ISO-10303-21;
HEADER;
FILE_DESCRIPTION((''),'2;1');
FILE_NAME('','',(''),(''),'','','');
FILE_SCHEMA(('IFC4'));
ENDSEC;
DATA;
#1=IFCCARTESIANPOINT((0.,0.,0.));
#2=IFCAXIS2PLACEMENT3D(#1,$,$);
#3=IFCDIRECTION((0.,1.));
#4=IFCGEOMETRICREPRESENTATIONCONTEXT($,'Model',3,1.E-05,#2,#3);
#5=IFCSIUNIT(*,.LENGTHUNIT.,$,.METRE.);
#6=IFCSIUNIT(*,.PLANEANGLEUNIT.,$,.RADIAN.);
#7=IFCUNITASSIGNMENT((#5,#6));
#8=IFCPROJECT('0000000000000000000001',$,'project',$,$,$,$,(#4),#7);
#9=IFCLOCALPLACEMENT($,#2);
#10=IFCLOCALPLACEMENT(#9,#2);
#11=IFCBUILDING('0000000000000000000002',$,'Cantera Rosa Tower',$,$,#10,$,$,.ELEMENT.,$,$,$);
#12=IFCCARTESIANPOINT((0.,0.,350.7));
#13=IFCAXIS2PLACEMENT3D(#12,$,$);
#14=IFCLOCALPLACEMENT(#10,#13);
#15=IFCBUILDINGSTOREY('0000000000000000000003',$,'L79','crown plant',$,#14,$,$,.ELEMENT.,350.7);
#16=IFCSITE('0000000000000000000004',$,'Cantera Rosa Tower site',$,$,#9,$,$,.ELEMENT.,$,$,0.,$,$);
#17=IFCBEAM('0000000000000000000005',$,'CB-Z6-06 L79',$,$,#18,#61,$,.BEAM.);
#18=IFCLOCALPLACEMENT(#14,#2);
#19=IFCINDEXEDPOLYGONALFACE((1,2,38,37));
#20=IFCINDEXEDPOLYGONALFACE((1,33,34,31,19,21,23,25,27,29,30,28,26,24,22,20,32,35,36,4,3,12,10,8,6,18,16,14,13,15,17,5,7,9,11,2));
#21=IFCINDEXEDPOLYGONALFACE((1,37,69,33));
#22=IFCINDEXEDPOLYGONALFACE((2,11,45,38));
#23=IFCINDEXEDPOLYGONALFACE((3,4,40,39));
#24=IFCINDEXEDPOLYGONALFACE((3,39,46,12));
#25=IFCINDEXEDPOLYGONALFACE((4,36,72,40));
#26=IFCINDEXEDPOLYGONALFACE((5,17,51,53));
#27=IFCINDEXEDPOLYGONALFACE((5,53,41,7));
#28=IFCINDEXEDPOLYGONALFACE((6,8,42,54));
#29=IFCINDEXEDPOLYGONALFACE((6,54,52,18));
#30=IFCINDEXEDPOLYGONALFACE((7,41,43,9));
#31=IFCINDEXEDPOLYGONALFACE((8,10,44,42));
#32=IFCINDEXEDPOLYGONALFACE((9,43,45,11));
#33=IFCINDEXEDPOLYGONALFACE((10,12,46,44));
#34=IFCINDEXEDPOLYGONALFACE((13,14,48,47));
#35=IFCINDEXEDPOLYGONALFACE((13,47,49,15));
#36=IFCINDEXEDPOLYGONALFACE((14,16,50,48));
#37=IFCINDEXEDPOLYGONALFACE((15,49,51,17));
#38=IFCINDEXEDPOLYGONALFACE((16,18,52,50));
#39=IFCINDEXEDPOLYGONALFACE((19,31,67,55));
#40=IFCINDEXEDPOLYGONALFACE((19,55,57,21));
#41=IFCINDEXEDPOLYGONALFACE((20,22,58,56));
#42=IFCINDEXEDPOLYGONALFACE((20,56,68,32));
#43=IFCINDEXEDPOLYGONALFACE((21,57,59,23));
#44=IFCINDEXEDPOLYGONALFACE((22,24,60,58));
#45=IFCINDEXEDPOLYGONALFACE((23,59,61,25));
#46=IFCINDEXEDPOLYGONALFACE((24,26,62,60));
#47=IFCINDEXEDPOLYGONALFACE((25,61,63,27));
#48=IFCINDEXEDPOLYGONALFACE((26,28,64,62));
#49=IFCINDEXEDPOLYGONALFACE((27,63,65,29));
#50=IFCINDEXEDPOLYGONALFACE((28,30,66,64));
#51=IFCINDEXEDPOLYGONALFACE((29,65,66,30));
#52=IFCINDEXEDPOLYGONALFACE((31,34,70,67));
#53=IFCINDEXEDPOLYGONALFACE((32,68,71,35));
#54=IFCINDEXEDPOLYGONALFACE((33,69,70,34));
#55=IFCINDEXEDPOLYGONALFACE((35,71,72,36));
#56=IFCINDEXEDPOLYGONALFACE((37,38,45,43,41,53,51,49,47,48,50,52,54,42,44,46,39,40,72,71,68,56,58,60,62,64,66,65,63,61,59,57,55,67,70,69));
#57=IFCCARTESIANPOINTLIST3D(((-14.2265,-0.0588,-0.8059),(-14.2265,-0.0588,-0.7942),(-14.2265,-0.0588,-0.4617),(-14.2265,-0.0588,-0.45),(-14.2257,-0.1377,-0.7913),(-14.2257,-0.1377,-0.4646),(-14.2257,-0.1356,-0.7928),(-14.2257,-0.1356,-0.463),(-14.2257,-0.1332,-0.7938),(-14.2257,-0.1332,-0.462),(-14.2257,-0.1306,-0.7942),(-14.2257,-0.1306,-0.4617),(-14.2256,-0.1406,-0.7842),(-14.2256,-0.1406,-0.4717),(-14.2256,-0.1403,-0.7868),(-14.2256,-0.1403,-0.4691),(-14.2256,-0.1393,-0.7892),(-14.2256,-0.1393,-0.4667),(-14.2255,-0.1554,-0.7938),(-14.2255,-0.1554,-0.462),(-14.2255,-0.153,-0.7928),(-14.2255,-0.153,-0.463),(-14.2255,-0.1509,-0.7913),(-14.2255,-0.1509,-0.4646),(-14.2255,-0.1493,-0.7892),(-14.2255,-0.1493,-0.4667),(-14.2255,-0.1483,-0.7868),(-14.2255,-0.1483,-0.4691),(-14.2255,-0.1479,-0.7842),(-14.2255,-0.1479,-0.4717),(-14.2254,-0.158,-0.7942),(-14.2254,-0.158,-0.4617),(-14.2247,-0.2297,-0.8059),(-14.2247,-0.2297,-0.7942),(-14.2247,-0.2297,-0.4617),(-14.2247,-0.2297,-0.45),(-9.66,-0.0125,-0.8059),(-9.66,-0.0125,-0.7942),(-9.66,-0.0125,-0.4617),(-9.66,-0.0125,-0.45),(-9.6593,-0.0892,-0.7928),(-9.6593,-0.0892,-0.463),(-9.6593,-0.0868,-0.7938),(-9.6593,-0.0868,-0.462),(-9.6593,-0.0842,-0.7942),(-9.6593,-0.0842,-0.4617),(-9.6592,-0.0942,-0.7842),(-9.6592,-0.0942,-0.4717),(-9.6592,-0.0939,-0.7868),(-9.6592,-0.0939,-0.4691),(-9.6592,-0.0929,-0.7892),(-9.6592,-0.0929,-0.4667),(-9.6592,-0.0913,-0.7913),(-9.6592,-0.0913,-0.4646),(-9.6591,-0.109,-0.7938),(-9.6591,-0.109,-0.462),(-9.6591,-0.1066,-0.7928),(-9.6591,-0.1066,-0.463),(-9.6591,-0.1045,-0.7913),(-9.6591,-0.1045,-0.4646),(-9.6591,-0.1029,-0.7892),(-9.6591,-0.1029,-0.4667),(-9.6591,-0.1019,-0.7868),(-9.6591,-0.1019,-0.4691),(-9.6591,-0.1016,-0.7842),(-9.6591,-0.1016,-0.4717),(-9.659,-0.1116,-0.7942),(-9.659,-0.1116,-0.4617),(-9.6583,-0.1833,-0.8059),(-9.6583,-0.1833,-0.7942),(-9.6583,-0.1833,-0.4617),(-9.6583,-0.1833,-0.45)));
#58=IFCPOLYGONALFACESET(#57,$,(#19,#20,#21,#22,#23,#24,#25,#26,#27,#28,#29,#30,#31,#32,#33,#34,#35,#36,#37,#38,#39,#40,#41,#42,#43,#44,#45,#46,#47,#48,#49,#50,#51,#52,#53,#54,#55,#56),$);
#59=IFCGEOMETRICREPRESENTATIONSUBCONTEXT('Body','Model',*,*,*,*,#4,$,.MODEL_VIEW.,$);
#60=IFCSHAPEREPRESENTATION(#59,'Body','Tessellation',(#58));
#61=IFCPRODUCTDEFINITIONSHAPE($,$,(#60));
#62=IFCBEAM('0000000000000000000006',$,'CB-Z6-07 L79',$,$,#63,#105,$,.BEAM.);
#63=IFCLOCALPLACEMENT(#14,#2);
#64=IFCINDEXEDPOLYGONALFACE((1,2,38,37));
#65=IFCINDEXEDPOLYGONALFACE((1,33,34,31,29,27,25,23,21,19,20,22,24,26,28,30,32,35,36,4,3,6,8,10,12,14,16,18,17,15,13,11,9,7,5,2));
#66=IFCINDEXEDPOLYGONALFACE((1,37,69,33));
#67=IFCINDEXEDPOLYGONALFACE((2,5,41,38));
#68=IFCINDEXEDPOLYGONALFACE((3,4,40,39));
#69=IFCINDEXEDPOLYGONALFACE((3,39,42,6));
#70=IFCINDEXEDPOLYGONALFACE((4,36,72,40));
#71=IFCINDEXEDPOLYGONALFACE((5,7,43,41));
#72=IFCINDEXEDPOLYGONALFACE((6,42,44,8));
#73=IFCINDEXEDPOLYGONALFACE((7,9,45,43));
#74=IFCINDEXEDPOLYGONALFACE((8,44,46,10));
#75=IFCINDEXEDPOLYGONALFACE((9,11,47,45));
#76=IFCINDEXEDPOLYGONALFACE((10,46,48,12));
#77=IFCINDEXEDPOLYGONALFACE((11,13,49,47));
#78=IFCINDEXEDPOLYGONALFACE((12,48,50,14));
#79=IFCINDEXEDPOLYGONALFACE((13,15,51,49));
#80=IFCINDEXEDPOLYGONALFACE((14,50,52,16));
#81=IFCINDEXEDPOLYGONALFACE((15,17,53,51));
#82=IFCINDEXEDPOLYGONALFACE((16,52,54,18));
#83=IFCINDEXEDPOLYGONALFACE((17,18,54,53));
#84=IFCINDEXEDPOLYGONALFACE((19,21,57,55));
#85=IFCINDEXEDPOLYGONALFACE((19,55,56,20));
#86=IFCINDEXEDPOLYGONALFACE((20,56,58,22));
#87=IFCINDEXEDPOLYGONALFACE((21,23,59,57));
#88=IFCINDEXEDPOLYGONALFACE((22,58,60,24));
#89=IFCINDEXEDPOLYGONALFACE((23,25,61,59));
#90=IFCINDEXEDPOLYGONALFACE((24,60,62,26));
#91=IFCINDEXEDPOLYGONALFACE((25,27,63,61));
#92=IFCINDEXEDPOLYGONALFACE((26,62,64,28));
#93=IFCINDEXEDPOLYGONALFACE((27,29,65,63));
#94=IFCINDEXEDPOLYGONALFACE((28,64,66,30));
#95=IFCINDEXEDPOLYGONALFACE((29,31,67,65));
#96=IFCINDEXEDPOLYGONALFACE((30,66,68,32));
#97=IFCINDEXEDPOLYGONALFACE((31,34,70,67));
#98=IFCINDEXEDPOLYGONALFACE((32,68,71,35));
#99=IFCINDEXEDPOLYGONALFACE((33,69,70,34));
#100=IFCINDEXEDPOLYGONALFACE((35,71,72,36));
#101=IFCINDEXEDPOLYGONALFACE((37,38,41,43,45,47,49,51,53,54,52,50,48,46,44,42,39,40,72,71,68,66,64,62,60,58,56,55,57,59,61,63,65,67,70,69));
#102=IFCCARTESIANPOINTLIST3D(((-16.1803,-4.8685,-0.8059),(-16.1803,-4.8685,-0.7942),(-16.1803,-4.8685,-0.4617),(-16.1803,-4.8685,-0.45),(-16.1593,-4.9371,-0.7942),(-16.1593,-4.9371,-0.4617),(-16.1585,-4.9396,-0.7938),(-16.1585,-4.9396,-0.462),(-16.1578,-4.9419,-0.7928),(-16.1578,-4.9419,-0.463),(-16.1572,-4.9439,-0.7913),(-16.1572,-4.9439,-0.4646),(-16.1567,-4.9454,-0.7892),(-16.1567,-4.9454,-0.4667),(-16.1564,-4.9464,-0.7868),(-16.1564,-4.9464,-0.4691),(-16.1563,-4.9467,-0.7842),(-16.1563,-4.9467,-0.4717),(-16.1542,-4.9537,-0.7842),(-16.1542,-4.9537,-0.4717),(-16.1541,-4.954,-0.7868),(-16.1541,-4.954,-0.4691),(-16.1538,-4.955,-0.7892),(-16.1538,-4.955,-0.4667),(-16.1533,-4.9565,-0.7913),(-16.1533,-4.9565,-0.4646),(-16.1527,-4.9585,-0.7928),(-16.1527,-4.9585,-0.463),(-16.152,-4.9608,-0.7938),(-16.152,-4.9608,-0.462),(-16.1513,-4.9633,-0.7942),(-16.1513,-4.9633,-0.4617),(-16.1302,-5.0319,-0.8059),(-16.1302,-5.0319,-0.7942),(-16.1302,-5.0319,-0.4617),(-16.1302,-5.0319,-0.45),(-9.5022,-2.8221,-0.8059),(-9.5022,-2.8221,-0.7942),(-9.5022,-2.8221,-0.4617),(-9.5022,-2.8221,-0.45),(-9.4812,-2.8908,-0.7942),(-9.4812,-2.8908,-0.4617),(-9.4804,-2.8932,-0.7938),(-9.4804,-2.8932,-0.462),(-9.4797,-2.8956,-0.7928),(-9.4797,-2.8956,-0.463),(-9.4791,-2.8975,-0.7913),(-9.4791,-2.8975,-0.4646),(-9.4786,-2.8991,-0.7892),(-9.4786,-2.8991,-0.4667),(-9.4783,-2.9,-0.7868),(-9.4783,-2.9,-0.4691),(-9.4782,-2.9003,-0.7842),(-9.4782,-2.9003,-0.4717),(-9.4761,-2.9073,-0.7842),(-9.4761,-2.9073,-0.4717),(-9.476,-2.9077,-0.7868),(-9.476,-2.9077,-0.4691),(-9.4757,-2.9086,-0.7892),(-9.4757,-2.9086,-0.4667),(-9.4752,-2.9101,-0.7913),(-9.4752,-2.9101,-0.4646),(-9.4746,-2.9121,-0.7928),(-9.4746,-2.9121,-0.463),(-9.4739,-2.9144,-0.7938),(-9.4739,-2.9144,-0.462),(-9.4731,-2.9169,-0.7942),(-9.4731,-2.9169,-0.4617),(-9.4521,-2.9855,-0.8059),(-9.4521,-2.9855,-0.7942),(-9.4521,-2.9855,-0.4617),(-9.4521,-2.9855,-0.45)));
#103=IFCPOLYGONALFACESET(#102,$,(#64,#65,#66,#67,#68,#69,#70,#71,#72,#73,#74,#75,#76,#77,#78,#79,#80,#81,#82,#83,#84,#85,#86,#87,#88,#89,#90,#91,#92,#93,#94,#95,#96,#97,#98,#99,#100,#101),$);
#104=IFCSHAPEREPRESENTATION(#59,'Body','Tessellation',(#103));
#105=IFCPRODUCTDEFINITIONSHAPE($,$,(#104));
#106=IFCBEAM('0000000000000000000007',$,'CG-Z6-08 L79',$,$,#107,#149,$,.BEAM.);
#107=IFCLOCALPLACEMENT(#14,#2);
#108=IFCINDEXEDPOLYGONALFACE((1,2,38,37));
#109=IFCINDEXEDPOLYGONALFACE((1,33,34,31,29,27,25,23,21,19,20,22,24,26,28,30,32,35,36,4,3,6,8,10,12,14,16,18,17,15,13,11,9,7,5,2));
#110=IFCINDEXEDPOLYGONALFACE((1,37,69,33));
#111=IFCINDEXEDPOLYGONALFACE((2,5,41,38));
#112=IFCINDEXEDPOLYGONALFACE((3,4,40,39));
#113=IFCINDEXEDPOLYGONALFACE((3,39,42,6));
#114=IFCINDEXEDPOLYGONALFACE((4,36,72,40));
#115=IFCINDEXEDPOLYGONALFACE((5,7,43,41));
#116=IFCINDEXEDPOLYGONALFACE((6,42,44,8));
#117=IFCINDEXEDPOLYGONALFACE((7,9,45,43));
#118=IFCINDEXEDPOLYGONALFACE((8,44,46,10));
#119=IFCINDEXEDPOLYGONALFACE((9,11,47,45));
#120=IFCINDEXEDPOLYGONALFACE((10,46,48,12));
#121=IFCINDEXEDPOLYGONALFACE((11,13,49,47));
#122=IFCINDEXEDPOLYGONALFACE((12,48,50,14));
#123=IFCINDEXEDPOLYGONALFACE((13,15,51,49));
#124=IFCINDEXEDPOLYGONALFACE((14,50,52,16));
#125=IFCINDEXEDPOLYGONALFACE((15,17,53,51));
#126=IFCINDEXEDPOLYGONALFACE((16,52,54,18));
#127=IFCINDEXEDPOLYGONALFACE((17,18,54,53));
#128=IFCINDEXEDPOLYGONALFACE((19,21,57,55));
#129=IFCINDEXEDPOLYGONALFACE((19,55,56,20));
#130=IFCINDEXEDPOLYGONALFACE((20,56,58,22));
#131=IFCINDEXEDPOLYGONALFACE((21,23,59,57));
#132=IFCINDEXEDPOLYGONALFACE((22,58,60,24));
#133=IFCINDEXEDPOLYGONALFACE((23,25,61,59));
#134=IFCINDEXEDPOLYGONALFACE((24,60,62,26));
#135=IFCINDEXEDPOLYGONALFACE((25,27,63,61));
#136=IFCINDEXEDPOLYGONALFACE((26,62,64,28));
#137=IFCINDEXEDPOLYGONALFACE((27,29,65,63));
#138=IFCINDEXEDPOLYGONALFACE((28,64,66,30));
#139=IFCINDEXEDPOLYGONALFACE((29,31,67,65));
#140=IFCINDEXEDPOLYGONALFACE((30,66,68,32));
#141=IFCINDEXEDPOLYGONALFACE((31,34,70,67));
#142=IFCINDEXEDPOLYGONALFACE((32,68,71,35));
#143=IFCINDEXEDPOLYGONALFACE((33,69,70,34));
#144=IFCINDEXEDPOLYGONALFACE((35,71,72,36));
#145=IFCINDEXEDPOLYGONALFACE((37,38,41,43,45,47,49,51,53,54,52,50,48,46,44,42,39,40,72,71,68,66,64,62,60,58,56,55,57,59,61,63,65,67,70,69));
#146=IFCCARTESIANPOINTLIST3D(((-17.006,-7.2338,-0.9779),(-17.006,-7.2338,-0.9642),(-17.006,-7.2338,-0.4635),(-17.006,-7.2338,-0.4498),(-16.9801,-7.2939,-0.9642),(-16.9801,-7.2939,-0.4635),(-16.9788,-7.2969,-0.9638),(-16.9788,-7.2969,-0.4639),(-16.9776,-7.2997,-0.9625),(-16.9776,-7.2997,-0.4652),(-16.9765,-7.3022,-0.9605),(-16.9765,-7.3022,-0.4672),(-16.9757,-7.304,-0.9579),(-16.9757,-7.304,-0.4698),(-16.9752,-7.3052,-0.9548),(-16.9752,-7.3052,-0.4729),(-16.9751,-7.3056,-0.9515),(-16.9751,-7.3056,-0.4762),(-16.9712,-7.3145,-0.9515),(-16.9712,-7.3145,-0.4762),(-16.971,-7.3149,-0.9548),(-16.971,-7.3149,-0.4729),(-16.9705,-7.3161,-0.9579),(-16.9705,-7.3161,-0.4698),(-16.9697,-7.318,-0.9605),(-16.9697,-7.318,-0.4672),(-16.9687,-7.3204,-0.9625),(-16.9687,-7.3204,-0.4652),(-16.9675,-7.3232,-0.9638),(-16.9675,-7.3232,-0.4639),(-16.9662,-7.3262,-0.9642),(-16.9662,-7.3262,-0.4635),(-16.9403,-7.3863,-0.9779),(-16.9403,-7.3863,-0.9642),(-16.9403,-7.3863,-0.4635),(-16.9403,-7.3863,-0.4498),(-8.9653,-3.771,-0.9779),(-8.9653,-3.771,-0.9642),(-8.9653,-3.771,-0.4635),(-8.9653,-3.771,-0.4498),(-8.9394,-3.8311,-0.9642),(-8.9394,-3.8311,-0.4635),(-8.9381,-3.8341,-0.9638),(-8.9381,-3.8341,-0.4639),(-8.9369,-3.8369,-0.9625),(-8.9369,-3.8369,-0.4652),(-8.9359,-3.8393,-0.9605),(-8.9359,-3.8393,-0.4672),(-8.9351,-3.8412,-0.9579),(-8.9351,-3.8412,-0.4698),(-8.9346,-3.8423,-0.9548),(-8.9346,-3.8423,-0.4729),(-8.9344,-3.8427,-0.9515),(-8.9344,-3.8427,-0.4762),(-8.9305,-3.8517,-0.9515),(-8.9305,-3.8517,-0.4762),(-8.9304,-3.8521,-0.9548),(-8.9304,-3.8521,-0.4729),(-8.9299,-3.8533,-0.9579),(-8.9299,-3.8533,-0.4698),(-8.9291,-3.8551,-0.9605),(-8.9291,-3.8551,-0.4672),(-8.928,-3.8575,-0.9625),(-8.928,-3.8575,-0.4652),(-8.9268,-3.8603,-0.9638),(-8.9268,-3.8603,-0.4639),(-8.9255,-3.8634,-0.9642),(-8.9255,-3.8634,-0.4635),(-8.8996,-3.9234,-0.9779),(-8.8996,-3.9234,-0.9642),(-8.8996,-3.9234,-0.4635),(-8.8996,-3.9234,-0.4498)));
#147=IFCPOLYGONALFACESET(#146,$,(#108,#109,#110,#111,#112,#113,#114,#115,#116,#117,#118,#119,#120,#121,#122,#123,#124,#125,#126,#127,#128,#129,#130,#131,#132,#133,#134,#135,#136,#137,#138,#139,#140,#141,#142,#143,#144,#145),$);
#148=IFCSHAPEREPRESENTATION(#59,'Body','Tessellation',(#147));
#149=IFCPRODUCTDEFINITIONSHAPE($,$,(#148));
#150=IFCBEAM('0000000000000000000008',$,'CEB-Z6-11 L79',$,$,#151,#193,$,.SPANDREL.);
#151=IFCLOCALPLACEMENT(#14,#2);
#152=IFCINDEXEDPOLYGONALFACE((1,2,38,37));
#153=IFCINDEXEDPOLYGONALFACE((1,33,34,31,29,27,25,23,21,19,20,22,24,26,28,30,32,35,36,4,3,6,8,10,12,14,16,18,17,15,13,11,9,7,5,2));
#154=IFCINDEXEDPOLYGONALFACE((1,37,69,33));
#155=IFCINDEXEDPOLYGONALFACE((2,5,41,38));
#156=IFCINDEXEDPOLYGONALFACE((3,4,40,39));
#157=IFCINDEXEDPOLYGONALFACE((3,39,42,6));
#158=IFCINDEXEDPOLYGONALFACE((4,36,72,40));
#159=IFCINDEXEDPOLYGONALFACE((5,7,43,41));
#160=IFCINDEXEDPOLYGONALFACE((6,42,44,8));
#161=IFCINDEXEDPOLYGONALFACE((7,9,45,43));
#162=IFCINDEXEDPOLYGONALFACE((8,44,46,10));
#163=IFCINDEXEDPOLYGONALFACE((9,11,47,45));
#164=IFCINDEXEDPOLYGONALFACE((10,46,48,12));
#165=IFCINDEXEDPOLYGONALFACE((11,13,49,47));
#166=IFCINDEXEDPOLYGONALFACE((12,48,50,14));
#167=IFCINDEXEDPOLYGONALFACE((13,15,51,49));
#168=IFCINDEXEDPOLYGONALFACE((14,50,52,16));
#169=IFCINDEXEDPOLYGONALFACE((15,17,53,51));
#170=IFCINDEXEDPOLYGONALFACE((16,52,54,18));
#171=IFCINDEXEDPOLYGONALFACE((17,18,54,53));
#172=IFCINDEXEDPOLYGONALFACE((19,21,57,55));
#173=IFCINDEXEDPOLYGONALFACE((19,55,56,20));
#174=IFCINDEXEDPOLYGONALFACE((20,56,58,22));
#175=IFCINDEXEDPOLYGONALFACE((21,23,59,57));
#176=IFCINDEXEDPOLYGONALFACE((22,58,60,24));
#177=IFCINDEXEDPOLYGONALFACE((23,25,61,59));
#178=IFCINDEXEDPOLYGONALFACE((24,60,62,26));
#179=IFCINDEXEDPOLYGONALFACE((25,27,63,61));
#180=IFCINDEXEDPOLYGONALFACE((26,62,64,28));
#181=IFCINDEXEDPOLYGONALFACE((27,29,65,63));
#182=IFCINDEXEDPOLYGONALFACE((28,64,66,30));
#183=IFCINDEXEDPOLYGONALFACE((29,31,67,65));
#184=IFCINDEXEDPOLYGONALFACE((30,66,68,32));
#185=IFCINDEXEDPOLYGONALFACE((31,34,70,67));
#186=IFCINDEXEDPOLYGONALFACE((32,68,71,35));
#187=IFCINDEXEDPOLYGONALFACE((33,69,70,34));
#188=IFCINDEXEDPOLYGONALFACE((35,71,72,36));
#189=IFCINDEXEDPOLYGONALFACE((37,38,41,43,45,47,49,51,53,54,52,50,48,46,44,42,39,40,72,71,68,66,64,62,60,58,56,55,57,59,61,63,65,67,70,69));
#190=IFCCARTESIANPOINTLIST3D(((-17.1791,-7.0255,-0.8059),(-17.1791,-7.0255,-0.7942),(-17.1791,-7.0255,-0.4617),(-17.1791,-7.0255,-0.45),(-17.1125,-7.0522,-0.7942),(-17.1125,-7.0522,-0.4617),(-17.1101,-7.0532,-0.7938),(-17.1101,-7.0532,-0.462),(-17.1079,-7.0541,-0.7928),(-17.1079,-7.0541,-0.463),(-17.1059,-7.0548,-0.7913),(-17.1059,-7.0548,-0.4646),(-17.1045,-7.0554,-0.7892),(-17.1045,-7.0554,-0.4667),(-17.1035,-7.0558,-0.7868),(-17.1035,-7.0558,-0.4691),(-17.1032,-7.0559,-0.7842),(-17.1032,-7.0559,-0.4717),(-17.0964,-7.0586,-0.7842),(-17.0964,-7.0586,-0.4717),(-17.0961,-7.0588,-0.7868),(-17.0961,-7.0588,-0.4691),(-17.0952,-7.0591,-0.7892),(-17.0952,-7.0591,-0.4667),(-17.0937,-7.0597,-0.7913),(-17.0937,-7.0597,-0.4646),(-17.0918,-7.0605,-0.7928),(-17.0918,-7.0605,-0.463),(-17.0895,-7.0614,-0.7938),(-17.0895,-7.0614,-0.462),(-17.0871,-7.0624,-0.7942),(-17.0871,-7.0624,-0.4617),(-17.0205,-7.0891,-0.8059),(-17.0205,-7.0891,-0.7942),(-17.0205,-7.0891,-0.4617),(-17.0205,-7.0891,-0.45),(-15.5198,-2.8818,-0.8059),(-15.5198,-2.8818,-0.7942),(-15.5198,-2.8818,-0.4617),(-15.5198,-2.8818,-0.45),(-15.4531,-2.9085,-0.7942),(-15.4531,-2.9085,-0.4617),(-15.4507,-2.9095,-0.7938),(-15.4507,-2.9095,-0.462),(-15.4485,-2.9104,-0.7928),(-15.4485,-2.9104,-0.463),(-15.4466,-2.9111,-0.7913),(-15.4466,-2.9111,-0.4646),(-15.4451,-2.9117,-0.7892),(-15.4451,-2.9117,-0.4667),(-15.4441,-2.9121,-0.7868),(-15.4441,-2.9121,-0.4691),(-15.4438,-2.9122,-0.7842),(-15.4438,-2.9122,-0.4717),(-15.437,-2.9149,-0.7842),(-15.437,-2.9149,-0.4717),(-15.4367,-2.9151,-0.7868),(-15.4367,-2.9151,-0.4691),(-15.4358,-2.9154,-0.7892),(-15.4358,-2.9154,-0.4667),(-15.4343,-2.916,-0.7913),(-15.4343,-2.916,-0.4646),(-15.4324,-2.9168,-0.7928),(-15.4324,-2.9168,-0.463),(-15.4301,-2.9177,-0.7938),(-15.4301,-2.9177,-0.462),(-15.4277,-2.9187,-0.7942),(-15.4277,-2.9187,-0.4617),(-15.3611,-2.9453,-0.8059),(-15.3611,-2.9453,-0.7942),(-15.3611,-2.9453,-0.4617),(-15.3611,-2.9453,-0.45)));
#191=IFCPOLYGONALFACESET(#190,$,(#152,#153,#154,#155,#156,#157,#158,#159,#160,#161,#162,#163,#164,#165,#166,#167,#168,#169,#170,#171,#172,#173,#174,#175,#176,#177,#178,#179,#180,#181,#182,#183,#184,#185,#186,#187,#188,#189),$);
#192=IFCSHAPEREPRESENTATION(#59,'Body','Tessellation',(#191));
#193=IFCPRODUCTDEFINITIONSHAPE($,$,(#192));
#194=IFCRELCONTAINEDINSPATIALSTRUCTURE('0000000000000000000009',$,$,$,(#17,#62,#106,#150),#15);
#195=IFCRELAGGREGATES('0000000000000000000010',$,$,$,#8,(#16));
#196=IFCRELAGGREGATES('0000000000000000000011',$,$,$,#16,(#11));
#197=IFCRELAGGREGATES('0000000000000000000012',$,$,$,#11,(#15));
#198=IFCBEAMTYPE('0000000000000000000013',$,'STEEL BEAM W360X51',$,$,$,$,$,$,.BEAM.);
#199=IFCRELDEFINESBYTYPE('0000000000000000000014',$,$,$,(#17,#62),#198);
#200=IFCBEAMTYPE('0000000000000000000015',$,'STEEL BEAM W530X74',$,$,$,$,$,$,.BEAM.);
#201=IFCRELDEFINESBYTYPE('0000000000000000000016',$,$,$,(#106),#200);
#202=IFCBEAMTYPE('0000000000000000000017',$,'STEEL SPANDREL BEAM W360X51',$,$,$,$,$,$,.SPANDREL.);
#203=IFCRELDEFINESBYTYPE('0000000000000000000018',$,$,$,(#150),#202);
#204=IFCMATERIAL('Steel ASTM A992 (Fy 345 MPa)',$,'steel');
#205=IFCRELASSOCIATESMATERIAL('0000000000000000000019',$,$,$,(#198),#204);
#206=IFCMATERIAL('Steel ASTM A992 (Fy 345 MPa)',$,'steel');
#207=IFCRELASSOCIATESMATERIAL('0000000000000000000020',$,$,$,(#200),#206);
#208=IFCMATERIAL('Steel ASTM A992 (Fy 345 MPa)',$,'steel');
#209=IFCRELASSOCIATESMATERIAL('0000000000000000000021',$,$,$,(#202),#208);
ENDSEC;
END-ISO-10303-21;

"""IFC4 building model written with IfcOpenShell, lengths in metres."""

from ifc_helpers import new_model, si_unit, direction, frame, origin, origin_2d, place, context, subcontext, project, spatial, i_section, extrude, material, material_profile, profile_set, type_object, element, save


model = new_model("IFC4")

# Units and contexts
model_context = context("Model", 3, precision=1e-05, world=origin(), true_north=direction((0.0, 1.0)))
body_context = subcontext(model_context, "Body", "Model", "MODEL_VIEW")
ifc_project = project(units=[si_unit("LENGTHUNIT", "METRE"), si_unit("PLANEANGLEUNIT", "RADIAN")], contexts=[model_context])

# Site, building, storey
site_placement = place(None, origin())
site = spatial("IfcSite", under=ifc_project, at=site_placement, Name="Cantera Rosa Tower site", CompositionType="ELEMENT", RefElevation=0.0)
building_placement = place(site_placement, origin())
building = spatial("IfcBuilding", under=site, at=building_placement, Name="Cantera Rosa Tower", CompositionType="ELEMENT")
storey_placement = place(building_placement, frame((0.0, 0.0, 350.7)))
storey = spatial("IfcBuildingStorey", under=building, at=storey_placement, Name="L79", Description="crown plant", CompositionType="ELEMENT", Elevation=350.7)

# Beams
ifc_material_1 = material(Name="Steel ASTM A992 (Fy 345 MPa)", Category="steel")
ifc_material_profile_1 = material_profile(ifc_material_1, i_section(OverallWidth=0.1709, OverallDepth=0.356, WebThickness=0.0073, FlangeThickness=0.0117, FilletRadius=0.01, at=origin_2d()), Name="W360X51")
ifc_profile_set_1 = profile_set([ifc_material_profile_1], Name="Steel ASTM A992 (Fy 345 MPa)")
beam_type_1 = type_object("IfcBeamType", Name="STEEL BEAM W360X51", PredefinedType="BEAM", material=ifc_profile_set_1)
beam_1_placement = place(storey_placement, frame((-14.2256, -0.1443, -0.6279), z_axis=(0.999948, 0.010158, 0.0), x_axis=(-0.010158, 0.999948, 0.0)))
element("IfcBeam", 1, at=beam_1_placement, inside=storey, type_object=beam_type_1, Name="CB-Z6-06 L79", PredefinedType="BEAM", context=body_context, shape_type="SweptSolid", body=[
    extrude(i_section(OverallWidth=0.1709, OverallDepth=0.356, WebThickness=0.0073, FlangeThickness=0.0117, FilletRadius=0.01, at=origin_2d()), origin(), (0.0, 0.0, 1.0), 4.5667),
])
beam_2_placement = place(storey_placement, frame((-16.1553, -4.9502, -0.6279), z_axis=(0.956118, 0.29298, 0.0), x_axis=(-0.29298, 0.956118, 0.0)))
element("IfcBeam", 2, at=beam_2_placement, inside=storey, type_object=beam_type_1, Name="CB-Z6-07 L79", PredefinedType="BEAM", context=body_context, shape_type="SweptSolid", body=[
    extrude(i_section(OverallWidth=0.1709, OverallDepth=0.356, WebThickness=0.0073, FlangeThickness=0.0117, FilletRadius=0.01, at=origin_2d()), origin(), (0.0, 0.0, 1.0), 6.9846),
])
ifc_material_2 = material(Name="Steel ASTM A992 (Fy 345 MPa)", Category="steel")
ifc_material_profile_2 = material_profile(ifc_material_2, i_section(OverallWidth=0.166, OverallDepth=0.5281, WebThickness=0.0098, FlangeThickness=0.0137, FilletRadius=0.0127, at=origin_2d()), Name="W530X74")
ifc_profile_set_2 = profile_set([ifc_material_profile_2], Name="Steel ASTM A992 (Fy 345 MPa)")
beam_type_2 = type_object("IfcBeamType", Name="STEEL BEAM W530X74", PredefinedType="BEAM", material=ifc_profile_set_2)
beam_3_placement = place(storey_placement, frame((-16.9731, -7.3101, -0.7139), z_axis=(0.918447, 0.395544, 0.0), x_axis=(-0.395544, 0.918447, 0.0)))
element("IfcBeam", 3, at=beam_3_placement, inside=storey, type_object=beam_type_2, Name="CG-Z6-08 L79", PredefinedType="BEAM", context=body_context, shape_type="SweptSolid", body=[
    extrude(i_section(OverallWidth=0.166, OverallDepth=0.5281, WebThickness=0.0098, FlangeThickness=0.0137, FilletRadius=0.0127, at=origin_2d()), origin(), (0.0, 0.0, 1.0), 8.7546),
])
ifc_material_3 = material(Name="Steel ASTM A992 (Fy 345 MPa)", Category="steel")
ifc_material_profile_3 = material_profile(ifc_material_3, i_section(OverallWidth=0.1709, OverallDepth=0.356, WebThickness=0.0073, FlangeThickness=0.0117, FilletRadius=0.01, at=origin_2d()), Name="W360X51")
ifc_profile_set_3 = profile_set([ifc_material_profile_3], Name="Steel ASTM A992 (Fy 345 MPa)")
beam_type_3 = type_object("IfcBeamType", Name="STEEL SPANDREL BEAM W360X51", PredefinedType="SPANDREL", material=ifc_profile_set_3)
beam_4_placement = place(storey_placement, frame((-15.4404, -2.9136, -0.6279), z_axis=(-0.371758, -0.92833, 0.0), x_axis=(0.92833, -0.371758, 0.0)))
element("IfcBeam", 4, at=beam_4_placement, inside=storey, type_object=beam_type_3, Name="CEB-Z6-11 L79", PredefinedType="SPANDREL", context=body_context, shape_type="SweptSolid", body=[
    extrude(i_section(OverallWidth=0.1709, OverallDepth=0.356, WebThickness=0.0073, FlangeThickness=0.0117, FilletRadius=0.01, at=origin_2d()), origin(), (0.0, 0.0, 1.0), 4.4636),
])

save(model, "model.ifc")
